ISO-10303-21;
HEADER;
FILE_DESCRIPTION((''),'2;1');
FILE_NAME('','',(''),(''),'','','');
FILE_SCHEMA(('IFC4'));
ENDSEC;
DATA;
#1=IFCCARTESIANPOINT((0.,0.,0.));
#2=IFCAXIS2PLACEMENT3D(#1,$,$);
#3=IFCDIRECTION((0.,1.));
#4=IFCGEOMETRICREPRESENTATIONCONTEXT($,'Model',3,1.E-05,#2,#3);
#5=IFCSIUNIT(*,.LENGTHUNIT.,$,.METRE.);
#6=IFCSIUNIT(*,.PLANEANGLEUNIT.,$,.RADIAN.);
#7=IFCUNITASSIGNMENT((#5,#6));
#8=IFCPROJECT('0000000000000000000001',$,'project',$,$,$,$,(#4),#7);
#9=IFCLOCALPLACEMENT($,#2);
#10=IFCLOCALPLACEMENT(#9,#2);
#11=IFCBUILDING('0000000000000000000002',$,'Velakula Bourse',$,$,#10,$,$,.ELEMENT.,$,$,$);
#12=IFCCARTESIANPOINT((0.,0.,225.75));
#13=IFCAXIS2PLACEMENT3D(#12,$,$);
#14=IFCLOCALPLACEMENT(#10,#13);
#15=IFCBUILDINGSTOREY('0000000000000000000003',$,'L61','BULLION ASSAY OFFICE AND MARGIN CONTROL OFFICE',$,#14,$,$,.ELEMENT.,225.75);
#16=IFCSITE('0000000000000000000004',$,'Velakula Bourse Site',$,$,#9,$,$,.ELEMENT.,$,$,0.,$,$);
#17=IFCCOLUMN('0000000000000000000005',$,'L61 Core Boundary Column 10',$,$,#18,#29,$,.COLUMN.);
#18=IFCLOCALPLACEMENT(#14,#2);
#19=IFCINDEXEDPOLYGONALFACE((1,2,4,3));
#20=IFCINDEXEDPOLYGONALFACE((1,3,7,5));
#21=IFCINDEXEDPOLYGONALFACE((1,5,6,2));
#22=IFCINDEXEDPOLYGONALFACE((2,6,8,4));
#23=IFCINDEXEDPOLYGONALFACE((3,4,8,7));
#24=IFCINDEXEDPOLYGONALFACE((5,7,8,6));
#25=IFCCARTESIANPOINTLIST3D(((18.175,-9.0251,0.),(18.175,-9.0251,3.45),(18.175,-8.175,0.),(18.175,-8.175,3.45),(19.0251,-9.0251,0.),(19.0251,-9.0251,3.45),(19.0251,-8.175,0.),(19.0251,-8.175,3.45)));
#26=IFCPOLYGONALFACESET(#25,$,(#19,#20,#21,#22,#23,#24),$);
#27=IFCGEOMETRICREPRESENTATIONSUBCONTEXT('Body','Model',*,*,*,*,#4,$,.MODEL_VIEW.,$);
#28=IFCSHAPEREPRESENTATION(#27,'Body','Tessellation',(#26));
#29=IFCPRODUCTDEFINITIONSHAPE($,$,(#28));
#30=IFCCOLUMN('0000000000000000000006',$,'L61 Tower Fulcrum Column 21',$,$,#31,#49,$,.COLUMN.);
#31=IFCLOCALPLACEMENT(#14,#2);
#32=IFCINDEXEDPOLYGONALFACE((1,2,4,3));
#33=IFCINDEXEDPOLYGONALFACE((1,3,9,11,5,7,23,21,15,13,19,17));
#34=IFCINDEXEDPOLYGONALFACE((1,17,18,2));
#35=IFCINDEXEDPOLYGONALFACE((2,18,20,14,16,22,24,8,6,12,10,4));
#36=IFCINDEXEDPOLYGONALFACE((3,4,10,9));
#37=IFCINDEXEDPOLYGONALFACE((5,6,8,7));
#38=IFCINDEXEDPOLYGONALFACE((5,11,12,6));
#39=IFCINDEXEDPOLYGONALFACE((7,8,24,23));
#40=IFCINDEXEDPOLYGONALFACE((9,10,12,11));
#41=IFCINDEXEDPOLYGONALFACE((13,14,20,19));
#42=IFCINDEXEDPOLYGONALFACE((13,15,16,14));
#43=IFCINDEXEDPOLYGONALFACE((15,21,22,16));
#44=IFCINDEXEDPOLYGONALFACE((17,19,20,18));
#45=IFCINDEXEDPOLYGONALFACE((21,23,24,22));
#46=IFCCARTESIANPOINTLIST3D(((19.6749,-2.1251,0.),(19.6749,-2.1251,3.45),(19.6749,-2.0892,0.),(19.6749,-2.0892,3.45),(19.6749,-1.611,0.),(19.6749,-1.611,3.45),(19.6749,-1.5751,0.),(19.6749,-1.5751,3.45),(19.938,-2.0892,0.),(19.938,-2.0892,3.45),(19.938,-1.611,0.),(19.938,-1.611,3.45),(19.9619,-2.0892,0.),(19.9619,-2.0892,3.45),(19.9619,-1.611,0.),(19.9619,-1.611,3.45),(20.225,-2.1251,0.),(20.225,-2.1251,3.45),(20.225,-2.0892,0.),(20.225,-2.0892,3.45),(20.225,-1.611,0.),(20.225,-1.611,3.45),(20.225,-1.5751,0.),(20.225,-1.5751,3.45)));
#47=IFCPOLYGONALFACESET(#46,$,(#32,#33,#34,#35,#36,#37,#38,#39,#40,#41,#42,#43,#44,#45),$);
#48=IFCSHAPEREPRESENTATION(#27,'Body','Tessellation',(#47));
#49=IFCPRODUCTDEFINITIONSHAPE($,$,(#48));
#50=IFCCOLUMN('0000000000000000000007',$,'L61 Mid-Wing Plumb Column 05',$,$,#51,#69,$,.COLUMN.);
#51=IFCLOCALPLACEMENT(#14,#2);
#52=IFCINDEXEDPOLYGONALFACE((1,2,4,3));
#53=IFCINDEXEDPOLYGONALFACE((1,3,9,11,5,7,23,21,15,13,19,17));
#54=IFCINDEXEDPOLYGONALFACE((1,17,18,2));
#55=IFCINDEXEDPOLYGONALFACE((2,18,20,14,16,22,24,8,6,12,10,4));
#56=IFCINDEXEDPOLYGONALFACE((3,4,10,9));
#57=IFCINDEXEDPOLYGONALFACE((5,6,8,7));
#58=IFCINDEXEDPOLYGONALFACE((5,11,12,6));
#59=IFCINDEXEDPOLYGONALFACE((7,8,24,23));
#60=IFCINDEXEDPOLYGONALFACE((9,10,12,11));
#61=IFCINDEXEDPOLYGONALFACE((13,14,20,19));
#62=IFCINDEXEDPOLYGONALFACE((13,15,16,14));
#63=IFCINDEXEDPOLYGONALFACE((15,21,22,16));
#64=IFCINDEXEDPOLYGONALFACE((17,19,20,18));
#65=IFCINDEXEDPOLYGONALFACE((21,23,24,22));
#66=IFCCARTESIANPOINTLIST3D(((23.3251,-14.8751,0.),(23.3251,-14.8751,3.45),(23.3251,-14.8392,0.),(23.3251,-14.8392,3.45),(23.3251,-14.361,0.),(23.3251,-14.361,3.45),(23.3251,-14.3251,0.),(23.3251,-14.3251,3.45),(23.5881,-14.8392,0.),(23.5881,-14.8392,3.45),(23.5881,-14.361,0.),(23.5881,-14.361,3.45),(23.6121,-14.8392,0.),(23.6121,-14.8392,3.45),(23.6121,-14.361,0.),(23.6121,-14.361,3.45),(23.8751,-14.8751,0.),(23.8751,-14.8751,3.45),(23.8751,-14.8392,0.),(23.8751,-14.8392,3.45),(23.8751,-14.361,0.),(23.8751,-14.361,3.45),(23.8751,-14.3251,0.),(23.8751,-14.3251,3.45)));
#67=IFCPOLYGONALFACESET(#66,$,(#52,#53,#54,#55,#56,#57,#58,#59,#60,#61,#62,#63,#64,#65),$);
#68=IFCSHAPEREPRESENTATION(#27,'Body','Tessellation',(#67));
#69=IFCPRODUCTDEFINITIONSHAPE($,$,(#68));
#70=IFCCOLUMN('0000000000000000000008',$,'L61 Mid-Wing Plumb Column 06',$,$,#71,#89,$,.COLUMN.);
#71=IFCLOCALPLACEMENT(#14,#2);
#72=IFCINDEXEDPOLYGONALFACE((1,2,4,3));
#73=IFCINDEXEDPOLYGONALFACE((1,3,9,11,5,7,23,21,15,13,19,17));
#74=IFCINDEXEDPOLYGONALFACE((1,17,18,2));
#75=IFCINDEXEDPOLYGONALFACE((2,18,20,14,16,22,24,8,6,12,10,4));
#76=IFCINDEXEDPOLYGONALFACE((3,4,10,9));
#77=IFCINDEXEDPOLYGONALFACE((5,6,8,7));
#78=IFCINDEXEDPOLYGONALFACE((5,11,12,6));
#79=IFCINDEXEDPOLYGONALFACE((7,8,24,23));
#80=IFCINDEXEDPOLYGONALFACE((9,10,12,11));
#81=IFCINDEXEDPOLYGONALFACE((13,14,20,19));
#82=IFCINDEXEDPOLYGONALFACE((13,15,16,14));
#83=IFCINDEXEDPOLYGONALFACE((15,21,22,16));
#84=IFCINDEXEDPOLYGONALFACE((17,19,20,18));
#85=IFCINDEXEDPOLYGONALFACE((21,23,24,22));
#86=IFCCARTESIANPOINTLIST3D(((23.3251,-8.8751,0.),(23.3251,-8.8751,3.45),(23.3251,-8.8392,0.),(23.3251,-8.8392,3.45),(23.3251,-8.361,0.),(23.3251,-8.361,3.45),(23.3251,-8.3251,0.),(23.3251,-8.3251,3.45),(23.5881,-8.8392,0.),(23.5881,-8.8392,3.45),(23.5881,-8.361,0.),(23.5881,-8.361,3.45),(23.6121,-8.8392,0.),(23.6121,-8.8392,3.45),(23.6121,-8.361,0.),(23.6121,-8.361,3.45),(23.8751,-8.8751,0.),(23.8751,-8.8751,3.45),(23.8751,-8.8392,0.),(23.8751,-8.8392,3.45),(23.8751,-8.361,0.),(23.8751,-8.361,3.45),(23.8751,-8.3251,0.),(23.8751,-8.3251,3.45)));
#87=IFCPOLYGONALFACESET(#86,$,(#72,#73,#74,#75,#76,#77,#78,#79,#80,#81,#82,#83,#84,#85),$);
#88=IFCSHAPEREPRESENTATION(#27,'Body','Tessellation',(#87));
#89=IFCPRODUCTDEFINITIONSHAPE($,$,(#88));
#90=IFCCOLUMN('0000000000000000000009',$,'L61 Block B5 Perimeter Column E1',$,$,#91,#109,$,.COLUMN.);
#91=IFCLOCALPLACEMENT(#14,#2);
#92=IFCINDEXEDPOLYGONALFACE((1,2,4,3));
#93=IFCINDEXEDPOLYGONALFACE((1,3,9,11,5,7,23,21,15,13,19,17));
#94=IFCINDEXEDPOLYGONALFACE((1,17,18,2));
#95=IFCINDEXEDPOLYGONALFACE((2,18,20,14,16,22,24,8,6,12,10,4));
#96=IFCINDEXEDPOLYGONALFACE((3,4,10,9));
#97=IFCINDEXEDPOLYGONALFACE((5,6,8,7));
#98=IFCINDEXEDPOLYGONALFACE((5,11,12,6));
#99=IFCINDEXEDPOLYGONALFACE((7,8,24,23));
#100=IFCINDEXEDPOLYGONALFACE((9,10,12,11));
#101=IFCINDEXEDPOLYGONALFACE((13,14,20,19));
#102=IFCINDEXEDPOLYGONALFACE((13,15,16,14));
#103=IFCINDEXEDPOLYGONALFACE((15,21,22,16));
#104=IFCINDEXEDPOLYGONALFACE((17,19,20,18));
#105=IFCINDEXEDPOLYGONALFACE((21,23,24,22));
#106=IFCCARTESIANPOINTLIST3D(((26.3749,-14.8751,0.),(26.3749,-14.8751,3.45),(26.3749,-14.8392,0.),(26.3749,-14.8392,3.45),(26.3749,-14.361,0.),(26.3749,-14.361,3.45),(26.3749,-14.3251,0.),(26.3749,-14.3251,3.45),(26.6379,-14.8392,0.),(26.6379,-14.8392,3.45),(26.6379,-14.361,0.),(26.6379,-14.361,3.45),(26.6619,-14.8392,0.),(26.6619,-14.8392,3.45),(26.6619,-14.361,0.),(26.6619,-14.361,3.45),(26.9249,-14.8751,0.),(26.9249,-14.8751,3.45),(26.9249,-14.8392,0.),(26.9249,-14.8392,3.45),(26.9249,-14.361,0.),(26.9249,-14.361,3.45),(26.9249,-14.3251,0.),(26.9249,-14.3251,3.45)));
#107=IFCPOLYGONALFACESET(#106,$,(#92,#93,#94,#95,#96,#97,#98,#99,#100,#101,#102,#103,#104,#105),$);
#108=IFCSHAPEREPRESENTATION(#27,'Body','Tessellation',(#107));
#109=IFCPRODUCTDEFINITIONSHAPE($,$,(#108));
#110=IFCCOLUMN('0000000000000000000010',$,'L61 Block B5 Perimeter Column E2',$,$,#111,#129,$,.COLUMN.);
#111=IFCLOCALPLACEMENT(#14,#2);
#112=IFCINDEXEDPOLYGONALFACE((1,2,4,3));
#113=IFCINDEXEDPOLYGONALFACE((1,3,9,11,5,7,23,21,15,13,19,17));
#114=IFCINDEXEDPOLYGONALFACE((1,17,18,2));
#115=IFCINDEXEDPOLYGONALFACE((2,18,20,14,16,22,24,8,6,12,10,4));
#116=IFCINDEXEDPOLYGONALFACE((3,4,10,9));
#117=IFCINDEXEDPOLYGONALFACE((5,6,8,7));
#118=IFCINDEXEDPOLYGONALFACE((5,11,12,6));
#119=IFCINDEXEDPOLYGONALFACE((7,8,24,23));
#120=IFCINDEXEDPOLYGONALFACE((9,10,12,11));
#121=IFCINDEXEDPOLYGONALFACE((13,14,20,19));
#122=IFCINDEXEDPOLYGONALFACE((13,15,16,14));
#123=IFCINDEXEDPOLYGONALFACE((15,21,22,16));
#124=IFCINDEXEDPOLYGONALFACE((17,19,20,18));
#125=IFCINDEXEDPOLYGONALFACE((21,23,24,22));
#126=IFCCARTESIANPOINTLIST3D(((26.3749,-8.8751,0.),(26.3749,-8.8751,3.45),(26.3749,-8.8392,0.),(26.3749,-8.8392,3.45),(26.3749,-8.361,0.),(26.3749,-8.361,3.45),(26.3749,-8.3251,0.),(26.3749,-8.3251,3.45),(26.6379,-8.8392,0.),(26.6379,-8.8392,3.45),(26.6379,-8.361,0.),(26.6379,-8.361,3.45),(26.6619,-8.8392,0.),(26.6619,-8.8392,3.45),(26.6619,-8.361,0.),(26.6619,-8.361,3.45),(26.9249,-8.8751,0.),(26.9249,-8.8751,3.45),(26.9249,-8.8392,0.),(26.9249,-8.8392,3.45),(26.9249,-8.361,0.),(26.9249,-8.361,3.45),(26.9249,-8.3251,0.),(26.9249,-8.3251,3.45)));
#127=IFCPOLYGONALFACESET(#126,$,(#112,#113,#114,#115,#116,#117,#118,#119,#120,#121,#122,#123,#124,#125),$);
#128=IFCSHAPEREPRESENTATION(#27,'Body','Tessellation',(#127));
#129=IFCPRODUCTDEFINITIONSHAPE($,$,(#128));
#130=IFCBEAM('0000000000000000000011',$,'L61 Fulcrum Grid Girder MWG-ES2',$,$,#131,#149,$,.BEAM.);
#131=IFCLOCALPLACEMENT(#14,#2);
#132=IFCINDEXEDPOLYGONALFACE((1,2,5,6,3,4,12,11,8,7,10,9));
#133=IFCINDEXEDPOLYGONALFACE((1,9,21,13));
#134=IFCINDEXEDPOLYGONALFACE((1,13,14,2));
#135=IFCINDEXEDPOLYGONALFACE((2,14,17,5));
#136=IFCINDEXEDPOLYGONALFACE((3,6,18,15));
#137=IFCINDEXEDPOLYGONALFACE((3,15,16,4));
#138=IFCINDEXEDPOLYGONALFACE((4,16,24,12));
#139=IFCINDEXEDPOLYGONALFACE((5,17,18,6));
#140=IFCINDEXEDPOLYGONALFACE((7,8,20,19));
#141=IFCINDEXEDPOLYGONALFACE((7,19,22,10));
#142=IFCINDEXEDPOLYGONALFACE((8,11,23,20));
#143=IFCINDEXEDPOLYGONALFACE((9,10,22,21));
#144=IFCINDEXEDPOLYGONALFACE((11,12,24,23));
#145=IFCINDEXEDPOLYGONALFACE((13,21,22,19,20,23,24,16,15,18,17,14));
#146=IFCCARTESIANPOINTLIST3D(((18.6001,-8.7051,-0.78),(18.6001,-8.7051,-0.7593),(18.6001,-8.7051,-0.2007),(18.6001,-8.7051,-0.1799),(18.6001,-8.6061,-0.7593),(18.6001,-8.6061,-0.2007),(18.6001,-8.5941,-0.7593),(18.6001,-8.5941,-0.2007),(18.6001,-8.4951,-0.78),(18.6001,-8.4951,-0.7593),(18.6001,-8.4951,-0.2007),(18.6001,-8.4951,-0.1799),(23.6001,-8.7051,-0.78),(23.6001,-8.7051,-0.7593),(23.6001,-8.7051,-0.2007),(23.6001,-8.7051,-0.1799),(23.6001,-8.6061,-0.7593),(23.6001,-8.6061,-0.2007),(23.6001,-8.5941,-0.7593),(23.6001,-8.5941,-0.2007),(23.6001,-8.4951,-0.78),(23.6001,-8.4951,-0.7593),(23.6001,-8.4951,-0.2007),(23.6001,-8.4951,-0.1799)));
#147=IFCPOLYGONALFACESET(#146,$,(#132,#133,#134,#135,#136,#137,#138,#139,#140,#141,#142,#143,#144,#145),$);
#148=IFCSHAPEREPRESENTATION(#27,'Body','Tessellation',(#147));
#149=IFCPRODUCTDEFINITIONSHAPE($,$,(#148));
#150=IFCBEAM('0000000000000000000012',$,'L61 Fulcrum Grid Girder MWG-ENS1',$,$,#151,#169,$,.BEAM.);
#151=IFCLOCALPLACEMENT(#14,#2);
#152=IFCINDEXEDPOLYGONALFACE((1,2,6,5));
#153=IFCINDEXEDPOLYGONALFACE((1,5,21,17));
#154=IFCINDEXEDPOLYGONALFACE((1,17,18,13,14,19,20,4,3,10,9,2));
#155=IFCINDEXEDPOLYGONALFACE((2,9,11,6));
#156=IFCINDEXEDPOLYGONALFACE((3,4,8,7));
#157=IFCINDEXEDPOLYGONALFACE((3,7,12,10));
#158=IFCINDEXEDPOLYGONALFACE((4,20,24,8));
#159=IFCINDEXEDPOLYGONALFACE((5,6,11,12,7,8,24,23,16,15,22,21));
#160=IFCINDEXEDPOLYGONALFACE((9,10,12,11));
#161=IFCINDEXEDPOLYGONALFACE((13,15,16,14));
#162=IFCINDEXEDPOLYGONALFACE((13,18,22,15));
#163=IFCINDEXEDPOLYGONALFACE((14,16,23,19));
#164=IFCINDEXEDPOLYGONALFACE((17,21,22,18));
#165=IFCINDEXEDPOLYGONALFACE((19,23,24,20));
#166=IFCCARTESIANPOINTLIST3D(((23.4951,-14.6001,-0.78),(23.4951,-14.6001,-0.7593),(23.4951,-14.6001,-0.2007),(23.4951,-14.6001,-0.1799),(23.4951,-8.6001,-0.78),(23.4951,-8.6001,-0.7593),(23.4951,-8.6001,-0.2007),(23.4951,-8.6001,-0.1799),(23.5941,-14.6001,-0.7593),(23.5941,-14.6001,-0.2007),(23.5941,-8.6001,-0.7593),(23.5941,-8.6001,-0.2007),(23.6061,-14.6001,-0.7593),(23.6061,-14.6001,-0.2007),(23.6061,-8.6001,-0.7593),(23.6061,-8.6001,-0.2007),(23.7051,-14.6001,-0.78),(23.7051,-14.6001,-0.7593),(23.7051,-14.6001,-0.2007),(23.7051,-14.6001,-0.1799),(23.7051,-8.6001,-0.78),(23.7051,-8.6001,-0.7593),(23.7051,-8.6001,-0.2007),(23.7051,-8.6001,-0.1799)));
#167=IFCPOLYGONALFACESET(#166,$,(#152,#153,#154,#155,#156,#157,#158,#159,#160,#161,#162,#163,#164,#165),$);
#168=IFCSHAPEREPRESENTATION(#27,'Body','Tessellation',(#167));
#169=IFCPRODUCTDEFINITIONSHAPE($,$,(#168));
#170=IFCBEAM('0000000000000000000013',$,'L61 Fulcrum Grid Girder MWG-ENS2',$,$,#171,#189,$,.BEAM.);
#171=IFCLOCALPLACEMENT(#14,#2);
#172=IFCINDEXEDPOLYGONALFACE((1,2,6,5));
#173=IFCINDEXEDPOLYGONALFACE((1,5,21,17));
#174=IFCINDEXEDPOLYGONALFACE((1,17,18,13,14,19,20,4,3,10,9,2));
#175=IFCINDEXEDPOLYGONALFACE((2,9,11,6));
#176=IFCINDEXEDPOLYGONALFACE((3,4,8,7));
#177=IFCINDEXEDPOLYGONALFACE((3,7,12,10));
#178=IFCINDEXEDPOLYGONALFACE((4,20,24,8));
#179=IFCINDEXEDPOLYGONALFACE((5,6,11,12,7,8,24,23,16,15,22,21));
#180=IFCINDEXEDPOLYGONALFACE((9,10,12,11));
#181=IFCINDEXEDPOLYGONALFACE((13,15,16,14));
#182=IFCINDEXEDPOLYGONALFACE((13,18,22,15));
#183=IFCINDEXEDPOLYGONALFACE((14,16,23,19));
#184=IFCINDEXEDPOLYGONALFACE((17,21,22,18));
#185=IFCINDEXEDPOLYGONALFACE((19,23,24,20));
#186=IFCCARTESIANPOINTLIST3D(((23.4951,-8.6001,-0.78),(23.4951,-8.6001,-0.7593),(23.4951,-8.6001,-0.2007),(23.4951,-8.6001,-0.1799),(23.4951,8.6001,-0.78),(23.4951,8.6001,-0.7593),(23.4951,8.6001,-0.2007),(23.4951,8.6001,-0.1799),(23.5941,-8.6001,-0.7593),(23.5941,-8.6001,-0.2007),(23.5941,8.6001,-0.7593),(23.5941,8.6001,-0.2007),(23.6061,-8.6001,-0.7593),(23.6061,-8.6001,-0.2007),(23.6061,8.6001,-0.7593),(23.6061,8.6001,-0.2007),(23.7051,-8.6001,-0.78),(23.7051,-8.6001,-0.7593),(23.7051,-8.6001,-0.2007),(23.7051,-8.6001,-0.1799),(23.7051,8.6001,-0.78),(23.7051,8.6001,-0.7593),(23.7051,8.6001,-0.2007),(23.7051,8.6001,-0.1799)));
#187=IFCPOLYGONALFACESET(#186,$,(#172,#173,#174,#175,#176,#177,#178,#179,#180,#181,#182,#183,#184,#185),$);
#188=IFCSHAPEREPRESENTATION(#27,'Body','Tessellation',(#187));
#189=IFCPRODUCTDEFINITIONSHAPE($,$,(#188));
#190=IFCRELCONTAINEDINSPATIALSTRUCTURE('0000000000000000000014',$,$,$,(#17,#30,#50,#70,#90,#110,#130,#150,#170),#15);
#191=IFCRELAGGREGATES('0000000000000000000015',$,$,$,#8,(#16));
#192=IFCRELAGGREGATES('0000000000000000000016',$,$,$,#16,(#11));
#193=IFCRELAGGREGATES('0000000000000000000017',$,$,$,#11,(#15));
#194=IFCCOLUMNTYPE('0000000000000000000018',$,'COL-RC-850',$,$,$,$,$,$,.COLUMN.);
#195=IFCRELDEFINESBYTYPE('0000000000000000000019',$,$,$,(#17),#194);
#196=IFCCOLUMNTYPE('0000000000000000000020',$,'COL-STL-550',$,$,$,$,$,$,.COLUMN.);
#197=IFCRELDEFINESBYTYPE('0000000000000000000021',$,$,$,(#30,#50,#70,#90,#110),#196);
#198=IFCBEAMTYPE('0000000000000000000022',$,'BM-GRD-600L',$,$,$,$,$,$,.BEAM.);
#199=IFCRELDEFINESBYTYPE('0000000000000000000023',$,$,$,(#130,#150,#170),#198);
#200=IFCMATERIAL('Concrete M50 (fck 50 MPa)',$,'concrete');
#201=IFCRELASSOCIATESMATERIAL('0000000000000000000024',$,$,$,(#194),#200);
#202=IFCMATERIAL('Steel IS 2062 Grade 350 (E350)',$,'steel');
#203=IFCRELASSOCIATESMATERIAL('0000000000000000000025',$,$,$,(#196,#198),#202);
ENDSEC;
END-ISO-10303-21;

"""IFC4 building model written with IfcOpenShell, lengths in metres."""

from ifc_helpers import new_model, si_unit, direction, frame, origin, origin_2d, place, context, subcontext, project, spatial, rectangle, i_section, extrude, material, material_profile, profile_set, type_object, element, save


model = new_model("IFC4")

# Units and contexts
model_context = context("Model", 3, precision=1e-05, world=origin(), true_north=direction((0.0, 1.0)))
body_context = subcontext(model_context, "Body", "Model", "MODEL_VIEW")
ifc_project = project(units=[si_unit("LENGTHUNIT", "METRE"), si_unit("PLANEANGLEUNIT", "RADIAN")], contexts=[model_context])

# Site, building, storey
site_placement = place(None, origin())
site = spatial("IfcSite", under=ifc_project, at=site_placement, Name="Velakula Bourse Site", CompositionType="ELEMENT", RefElevation=0.0)
building_placement = place(site_placement, origin())
building = spatial("IfcBuilding", under=site, at=building_placement, Name="Velakula Bourse", CompositionType="ELEMENT")
storey_placement = place(building_placement, frame((0.0, 0.0, 225.75)))
storey = spatial("IfcBuildingStorey", under=building, at=storey_placement, Name="L61", Description="BULLION ASSAY OFFICE AND MARGIN CONTROL OFFICE", CompositionType="ELEMENT", Elevation=225.75)

# Columns
ifc_material_1 = material(Name="Concrete M50 (fck 50 MPa)", Category="concrete")
ifc_material_profile_1 = material_profile(ifc_material_1, rectangle(XDim=0.8501, YDim=0.8501, at=origin_2d()), Name="Concrete M50 (fck 50 MPa)")
ifc_profile_set_1 = profile_set([ifc_material_profile_1], Name="Concrete M50 (fck 50 MPa)")
column_type_1 = type_object("IfcColumnType", Name="COL-RC-850", PredefinedType="COLUMN", material=ifc_profile_set_1)
column_placement = place(storey_placement, frame((18.6001, -8.6001, 0.0), z_axis=(0.0, 0.0, 1.0), x_axis=(1.0, 0.0, 0.0)))
element("IfcColumn", 1, at=column_placement, inside=storey, type_object=column_type_1, Name="L61 Core Boundary Column 10", PredefinedType="COLUMN", context=body_context, shape_type="SweptSolid", body=[
    extrude(rectangle(XDim=0.8501, YDim=0.8501, at=origin_2d()), origin(), (0.0, 0.0, 1.0), 3.45),
])
ifc_material_2 = material(Name="Steel IS 2062 Grade 350 (E350)", Category="steel")
ifc_material_profile_2 = material_profile(ifc_material_2, i_section(OverallWidth=0.55, OverallDepth=0.55, WebThickness=0.0239, FlangeThickness=0.0359, at=origin_2d()), Name="Steel IS 2062 Grade 350 (E350)")
ifc_profile_set_2 = profile_set([ifc_material_profile_2], Name="Steel IS 2062 Grade 350 (E350)")
column_type_2 = type_object("IfcColumnType", Name="COL-STL-550", PredefinedType="COLUMN", material=ifc_profile_set_2)
for number, where, z_axis, x_axis, name in (
    (2, (19.95, -1.8501, 0.0), (0.0, 0.0, 1.0), (1.0, 0.0, 0.0), "L61 Tower Fulcrum Column 21"),
    (3, (23.6001, -14.6001, 0.0), (0.0, 0.0, 1.0), (1.0, 0.0, 0.0), "L61 Mid-Wing Plumb Column 05"),
    (4, (23.6001, -8.6001, 0.0), (0.0, 0.0, 1.0), (1.0, 0.0, 0.0), "L61 Mid-Wing Plumb Column 06"),
    (5, (26.6499, -14.6001, 0.0), (0.0, 0.0, 1.0), (1.0, 0.0, 0.0), "L61 Block B5 Perimeter Column E1"),
    (6, (26.6499, -8.6001, 0.0), (0.0, 0.0, 1.0), (1.0, 0.0, 0.0), "L61 Block B5 Perimeter Column E2"),
):
    element("IfcColumn", number, at=place(storey_placement, frame(where, z_axis=z_axis, x_axis=x_axis)), inside=storey, type_object=column_type_2, Name=name, PredefinedType="COLUMN", context=body_context, shape_type="SweptSolid", body=[
        extrude(i_section(OverallWidth=0.55, OverallDepth=0.55, WebThickness=0.0239, FlangeThickness=0.0359, at=origin_2d()), origin(), (0.0, 0.0, 1.0), 3.45),
    ])

# Beams
ifc_material_profile_3 = material_profile(ifc_material_2, i_section(OverallWidth=0.21, OverallDepth=0.6001, WebThickness=0.012, FlangeThickness=0.0208, at=origin_2d()), Name="Steel IS 2062 Grade 350 (E350)")
ifc_profile_set_3 = profile_set([ifc_material_profile_3], Name="Steel IS 2062 Grade 350 (E350)")
beam_type_1 = type_object("IfcBeamType", Name="BM-GRD-600L", PredefinedType="BEAM", material=ifc_profile_set_3)
beam_1_placement = place(storey_placement, frame((18.6001, -8.6001, -0.48), z_axis=(1.0, 0.0, 0.0), x_axis=(0.0, 1.0, 0.0)))
element("IfcBeam", 7, at=beam_1_placement, inside=storey, type_object=beam_type_1, Name="L61 Fulcrum Grid Girder MWG-ES2", PredefinedType="BEAM", context=body_context, shape_type="SweptSolid", body=[
    extrude(i_section(OverallWidth=0.21, OverallDepth=0.6001, WebThickness=0.012, FlangeThickness=0.0208, at=origin_2d()), origin(), (0.0, 0.0, 1.0), 5.0),
])
beam_2_placement = place(storey_placement, frame((23.6001, -14.6001, -0.48), z_axis=(0.0, 1.0, 0.0), x_axis=(-1.0, 0.0, 0.0)))
element("IfcBeam", 8, at=beam_2_placement, inside=storey, type_object=beam_type_1, Name="L61 Fulcrum Grid Girder MWG-ENS1", PredefinedType="BEAM", context=body_context, shape_type="SweptSolid", body=[
    extrude(i_section(OverallWidth=0.21, OverallDepth=0.6001, WebThickness=0.012, FlangeThickness=0.0208, at=origin_2d()), origin(), (0.0, 0.0, 1.0), 6.0),
])
beam_3_placement = place(storey_placement, frame((23.6001, -8.6001, -0.48), z_axis=(0.0, 1.0, 0.0), x_axis=(-1.0, 0.0, 0.0)))
element("IfcBeam", 9, at=beam_3_placement, inside=storey, type_object=beam_type_1, Name="L61 Fulcrum Grid Girder MWG-ENS2", PredefinedType="BEAM", context=body_context, shape_type="SweptSolid", body=[
    extrude(i_section(OverallWidth=0.21, OverallDepth=0.6001, WebThickness=0.012, FlangeThickness=0.0208, at=origin_2d()), origin(), (0.0, 0.0, 1.0), 17.2002),
])

save(model, "model.ifc")
